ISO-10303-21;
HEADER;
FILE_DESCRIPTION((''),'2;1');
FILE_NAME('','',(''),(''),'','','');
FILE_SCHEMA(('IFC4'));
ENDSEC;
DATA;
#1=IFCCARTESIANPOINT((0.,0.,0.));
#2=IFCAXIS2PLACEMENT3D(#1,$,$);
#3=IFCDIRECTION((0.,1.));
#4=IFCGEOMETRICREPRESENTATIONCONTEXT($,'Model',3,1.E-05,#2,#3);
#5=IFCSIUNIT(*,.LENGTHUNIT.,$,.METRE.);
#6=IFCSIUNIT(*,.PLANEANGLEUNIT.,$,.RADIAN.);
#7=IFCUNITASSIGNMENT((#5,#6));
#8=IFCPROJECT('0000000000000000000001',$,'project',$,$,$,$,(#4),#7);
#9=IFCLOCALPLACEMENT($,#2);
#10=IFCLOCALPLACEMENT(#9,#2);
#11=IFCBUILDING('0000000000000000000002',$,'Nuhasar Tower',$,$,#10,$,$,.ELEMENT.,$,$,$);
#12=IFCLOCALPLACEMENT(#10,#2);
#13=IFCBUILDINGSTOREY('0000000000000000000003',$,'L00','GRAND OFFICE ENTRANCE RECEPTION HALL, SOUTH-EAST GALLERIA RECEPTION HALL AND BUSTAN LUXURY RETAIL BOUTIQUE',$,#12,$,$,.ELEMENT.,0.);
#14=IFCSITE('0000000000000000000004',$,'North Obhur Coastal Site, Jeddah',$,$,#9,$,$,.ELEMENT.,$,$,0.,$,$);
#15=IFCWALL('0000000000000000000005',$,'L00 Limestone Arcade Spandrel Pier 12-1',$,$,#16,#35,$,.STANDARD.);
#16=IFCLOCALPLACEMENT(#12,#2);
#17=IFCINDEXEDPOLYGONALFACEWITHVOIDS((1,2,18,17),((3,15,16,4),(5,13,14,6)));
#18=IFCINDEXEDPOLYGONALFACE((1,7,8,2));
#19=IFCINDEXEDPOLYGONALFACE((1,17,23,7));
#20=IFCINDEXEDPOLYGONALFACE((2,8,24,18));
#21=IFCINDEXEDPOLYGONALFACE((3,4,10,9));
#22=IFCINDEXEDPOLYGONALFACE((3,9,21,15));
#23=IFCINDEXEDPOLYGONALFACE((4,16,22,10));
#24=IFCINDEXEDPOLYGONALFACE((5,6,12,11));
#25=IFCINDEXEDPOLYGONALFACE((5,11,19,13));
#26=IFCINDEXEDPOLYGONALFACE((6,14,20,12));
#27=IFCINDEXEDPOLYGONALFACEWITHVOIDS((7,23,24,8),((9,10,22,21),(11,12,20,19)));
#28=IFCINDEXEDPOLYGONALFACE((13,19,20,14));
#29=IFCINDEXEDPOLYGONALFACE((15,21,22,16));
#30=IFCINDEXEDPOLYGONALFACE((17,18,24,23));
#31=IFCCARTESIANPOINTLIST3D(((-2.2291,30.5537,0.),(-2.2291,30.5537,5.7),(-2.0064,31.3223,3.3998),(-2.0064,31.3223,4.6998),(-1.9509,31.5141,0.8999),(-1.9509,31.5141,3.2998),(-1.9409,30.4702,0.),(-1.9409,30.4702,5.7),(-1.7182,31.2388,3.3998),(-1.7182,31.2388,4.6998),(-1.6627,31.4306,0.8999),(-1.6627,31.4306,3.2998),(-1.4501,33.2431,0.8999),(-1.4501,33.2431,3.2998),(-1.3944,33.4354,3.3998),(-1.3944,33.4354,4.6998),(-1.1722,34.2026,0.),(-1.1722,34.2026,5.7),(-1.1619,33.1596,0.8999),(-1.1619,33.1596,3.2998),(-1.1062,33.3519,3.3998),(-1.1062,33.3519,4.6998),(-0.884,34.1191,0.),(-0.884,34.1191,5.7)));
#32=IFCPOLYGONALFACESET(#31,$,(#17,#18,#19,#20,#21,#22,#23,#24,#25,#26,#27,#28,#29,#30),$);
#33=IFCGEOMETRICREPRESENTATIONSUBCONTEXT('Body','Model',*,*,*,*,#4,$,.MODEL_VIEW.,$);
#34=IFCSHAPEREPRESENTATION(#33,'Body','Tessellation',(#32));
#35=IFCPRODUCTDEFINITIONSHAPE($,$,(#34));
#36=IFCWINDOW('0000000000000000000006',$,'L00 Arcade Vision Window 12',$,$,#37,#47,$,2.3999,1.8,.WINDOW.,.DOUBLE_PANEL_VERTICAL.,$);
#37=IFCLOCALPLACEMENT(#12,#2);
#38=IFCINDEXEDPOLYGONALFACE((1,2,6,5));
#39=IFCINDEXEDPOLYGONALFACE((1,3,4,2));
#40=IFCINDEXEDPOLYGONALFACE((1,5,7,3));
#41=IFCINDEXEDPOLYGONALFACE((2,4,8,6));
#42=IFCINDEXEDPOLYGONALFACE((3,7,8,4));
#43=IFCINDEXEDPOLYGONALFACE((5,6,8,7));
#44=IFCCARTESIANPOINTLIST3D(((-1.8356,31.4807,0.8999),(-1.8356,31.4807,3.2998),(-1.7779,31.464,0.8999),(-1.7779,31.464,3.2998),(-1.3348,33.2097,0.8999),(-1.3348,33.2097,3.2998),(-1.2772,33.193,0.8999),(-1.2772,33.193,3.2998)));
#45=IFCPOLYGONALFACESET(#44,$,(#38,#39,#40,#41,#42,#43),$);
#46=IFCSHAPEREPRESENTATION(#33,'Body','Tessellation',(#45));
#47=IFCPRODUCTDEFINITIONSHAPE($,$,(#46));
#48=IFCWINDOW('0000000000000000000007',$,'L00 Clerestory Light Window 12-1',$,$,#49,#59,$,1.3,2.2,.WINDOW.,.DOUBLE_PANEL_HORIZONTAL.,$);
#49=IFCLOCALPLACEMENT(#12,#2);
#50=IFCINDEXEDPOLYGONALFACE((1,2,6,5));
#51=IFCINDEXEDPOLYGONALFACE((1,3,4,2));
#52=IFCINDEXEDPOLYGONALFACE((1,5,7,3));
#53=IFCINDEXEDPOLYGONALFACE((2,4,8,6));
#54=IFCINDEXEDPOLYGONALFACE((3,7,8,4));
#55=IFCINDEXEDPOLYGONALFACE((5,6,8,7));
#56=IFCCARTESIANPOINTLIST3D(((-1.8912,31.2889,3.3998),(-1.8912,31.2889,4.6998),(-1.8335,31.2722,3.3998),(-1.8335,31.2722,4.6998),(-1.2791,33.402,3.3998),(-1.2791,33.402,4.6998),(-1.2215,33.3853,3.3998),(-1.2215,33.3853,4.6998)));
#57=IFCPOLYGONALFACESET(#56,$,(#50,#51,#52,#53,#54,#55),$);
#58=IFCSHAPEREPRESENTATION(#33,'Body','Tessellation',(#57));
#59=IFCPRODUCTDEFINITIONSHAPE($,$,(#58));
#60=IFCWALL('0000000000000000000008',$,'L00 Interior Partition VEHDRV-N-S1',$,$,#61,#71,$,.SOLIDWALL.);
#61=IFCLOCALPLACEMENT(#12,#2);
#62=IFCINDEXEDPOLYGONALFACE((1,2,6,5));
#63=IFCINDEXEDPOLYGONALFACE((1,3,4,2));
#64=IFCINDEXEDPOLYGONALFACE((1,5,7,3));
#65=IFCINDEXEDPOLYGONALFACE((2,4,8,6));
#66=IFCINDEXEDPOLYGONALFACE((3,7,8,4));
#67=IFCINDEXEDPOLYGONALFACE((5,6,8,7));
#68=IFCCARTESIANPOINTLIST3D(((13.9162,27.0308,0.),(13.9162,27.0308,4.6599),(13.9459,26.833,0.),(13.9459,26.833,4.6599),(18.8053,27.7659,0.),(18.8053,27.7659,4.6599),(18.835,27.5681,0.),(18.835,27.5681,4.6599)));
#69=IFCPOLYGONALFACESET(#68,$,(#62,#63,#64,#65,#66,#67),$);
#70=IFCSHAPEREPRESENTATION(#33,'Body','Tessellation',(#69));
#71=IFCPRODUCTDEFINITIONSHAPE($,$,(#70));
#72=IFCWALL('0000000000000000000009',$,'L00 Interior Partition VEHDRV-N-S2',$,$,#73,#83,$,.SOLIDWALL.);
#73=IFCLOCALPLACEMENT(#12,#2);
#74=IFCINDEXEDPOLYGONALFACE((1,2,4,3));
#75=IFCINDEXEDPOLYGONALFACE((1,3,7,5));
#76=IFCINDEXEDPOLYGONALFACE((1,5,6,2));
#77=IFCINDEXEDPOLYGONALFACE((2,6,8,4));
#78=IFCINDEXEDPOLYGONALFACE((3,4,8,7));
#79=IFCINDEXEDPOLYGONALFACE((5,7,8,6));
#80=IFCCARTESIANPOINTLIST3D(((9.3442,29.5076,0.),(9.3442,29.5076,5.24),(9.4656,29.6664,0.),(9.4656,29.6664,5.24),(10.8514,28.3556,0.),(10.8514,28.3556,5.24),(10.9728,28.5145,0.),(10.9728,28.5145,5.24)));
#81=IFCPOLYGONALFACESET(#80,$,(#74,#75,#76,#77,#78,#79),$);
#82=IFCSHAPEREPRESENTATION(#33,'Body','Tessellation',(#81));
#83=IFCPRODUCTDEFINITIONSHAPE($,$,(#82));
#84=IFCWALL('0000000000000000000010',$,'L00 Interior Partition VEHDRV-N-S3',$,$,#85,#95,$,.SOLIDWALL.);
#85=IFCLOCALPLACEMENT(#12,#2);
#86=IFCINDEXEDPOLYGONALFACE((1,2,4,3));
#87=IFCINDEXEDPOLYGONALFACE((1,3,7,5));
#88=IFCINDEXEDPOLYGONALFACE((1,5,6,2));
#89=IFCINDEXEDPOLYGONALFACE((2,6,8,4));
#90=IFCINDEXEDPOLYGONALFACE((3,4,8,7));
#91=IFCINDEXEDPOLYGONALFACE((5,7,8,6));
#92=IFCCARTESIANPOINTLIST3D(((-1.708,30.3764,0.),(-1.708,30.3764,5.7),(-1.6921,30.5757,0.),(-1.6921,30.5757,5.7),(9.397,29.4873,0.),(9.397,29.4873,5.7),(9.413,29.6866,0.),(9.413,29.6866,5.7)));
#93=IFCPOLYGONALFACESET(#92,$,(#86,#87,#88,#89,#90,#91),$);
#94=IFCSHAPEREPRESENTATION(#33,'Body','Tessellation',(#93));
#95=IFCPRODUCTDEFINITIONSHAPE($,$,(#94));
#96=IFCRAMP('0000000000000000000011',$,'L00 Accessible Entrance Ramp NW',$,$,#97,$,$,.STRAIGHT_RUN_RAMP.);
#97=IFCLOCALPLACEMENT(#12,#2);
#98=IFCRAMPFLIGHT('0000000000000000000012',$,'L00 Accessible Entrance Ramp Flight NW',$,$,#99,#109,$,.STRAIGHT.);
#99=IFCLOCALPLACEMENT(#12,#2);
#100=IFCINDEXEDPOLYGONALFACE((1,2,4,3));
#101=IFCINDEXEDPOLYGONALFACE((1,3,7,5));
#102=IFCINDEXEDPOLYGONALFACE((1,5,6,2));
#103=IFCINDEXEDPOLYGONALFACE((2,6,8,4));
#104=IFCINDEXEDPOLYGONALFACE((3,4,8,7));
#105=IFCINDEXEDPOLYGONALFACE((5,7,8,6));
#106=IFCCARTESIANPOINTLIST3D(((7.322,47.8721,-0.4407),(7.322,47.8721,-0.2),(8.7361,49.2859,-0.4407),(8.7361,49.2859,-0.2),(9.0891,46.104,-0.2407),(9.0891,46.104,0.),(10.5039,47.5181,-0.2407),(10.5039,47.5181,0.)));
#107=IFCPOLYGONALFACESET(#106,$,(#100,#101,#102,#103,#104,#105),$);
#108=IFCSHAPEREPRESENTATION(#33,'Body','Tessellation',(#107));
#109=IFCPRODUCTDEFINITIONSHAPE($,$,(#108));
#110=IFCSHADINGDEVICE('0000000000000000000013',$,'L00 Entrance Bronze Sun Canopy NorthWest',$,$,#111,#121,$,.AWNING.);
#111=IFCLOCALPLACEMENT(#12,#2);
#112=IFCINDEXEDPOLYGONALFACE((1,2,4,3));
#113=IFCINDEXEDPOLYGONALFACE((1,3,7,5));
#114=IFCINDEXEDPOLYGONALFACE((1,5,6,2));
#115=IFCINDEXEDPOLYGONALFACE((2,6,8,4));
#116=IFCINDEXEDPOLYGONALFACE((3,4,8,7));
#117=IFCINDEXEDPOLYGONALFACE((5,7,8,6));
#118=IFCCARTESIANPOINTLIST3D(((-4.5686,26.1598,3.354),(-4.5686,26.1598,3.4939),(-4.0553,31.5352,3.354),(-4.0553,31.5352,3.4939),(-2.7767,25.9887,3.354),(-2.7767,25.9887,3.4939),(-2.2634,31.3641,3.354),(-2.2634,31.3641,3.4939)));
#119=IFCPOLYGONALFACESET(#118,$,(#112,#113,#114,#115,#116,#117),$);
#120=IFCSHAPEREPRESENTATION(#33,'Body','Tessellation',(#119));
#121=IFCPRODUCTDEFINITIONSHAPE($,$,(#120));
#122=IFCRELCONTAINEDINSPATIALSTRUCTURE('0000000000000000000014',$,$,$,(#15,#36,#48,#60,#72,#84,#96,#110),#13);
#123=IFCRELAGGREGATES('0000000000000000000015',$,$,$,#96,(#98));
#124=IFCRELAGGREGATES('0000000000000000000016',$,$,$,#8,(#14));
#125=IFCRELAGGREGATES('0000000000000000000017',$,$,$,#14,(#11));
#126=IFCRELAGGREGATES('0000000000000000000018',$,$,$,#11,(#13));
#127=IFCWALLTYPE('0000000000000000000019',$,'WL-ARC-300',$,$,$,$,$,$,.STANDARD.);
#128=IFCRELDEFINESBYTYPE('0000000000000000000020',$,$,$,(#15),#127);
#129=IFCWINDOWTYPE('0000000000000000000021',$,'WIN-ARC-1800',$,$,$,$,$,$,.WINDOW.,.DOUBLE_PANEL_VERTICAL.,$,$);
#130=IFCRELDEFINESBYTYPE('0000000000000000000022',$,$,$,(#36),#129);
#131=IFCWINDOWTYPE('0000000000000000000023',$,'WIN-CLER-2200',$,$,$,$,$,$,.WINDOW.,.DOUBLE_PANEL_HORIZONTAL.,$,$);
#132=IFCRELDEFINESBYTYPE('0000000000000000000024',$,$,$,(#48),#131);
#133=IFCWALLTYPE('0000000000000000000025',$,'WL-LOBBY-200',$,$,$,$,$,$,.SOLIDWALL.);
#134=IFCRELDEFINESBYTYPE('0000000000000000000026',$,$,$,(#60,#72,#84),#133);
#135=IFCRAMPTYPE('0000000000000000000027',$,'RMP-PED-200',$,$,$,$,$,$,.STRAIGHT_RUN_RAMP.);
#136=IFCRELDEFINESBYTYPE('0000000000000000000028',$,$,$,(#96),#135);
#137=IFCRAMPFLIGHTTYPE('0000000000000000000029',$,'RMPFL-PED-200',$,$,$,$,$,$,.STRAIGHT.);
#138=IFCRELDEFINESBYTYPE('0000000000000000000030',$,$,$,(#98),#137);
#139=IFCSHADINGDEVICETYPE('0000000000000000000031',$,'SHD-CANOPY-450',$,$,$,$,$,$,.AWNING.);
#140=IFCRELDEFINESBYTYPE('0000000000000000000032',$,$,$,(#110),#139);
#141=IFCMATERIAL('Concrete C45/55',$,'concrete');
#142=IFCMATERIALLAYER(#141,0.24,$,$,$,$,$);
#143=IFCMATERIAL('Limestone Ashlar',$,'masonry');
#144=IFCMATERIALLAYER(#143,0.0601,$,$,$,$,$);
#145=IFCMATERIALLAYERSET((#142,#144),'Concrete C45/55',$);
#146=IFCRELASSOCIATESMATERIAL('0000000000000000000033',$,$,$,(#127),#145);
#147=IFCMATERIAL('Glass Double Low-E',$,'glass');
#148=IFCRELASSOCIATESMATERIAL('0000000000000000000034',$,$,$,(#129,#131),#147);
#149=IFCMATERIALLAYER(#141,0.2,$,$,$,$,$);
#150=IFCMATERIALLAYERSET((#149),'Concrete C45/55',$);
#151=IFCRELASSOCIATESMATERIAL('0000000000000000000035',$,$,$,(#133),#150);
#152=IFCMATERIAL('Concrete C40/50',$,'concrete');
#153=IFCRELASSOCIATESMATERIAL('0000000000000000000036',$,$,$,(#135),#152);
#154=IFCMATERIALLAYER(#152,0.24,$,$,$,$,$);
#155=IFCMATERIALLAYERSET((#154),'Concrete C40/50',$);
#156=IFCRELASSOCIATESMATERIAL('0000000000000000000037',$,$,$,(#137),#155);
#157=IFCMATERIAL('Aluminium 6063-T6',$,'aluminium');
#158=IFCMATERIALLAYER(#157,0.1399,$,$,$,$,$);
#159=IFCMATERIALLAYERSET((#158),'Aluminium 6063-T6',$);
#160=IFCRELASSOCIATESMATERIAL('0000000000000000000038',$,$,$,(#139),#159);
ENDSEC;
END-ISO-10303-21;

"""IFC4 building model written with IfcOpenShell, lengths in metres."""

from ifc_helpers import new_model, si_unit, direction, frame, frame_2d, origin, origin_2d, place, context, subcontext, project, spatial, polyline, rectangle, outline, extrude, material, layer, layer_set, type_object, element, fill, aggregate, save


model = new_model("IFC4")

# Units and contexts
model_context = context("Model", 3, precision=1e-05, world=origin(), true_north=direction((0.0, 1.0)))
body_context = subcontext(model_context, "Body", "Model", "MODEL_VIEW")
ifc_project = project(units=[si_unit("LENGTHUNIT", "METRE"), si_unit("PLANEANGLEUNIT", "RADIAN")], contexts=[model_context])

# Site, building, storey
site_placement = place(None, origin())
site = spatial("IfcSite", under=ifc_project, at=site_placement, Name="North Obhur Coastal Site, Jeddah", CompositionType="ELEMENT", RefElevation=0.0)
building_placement = place(site_placement, origin())
building = spatial("IfcBuilding", under=site, at=building_placement, Name="Nuhasar Tower", CompositionType="ELEMENT")
storey_placement = place(building_placement, origin())
storey = spatial("IfcBuildingStorey", under=building, at=storey_placement, Name="L00", Description="GRAND OFFICE ENTRANCE RECEPTION HALL, SOUTH-EAST GALLERIA RECEPTION HALL AND BUSTAN LUXURY RETAIL BOUTIQUE", CompositionType="ELEMENT", Elevation=0.0)

# Shared definitions
ifc_material_1 = material(Name="Concrete C40/50", Category="concrete")

# Shared definitions
ifc_material_2 = material(Name="Aluminium 6063-T6", Category="aluminium")

# Shared definitions
ifc_material_3 = material(Name="Glass Double Low-E", Category="glass")

# Wall, openings, windows
ifc_material_4 = material(Name="Concrete C45/55", Category="concrete")
ifc_layer_1 = layer(ifc_material_4, 0.24)
ifc_material_5 = material(Name="Limestone Ashlar", Category="masonry")
ifc_layer_2 = layer(ifc_material_5, 0.0601)
ifc_layer_set_1 = layer_set([ifc_layer_1, ifc_layer_2], Name="Concrete C45/55")
wall_type_1 = type_object("IfcWallType", Name="WL-ARC-300", PredefinedType="STANDARD", material=ifc_layer_set_1)
wall_1_placement = place(storey_placement, frame((-2.085, 30.512, 0.0), z_axis=(0.0, 0.0, 1.0), x_axis=(0.278208, 0.960521, 0.0)))
wall_1 = element("IfcWall", 1, at=wall_1_placement, inside=storey, type_object=wall_type_1, Name="L00 Limestone Arcade Spandrel Pier 12-1", PredefinedType="STANDARD", context=body_context, shape_type="SweptSolid", body=[
    extrude(rectangle(XDim=3.7988, YDim=0.3, at=frame_2d((1.8994, 0.0))), origin(), (0.0, 0.0, 1.0), 5.7),
])
opening_1_placement = place(wall_1_placement, frame((1.0, 0.0, 0.8999)))
opening_1 = element("IfcOpeningElement", 2, at=opening_1_placement, cuts=wall_1, PredefinedType="OPENING", context=body_context, shape_type="SweptSolid", body=[
    extrude(rectangle(XDim=1.8, YDim=2.3999, at=frame_2d((0.8999, 1.2))), frame((0.0, 0.1602, 0.0), z_axis=(0.0, -1.0, 0.0), x_axis=(1.0, 0.0, 0.0)), (0.0, 0.0, 1.0), 0.3201),
])
opening_2_placement = place(wall_1_placement, frame((0.8, 0.0, 3.3999)))
opening_2 = element("IfcOpeningElement", 3, at=opening_2_placement, cuts=wall_1, PredefinedType="OPENING", context=body_context, shape_type="SweptSolid", body=[
    extrude(rectangle(XDim=2.2, YDim=1.3, at=frame_2d((1.1001, 0.6499))), frame((0.0, 0.1602, 0.0), z_axis=(0.0, -1.0, 0.0), x_axis=(1.0, 0.0, 0.0)), (0.0, 0.0, 1.0), 0.3201),
])
window_type_1 = type_object("IfcWindowType", Name="WIN-ARC-1800", PartitioningType="DOUBLE_PANEL_VERTICAL", PredefinedType="WINDOW", material=ifc_material_3)
window_1_placement = place(opening_1_placement, origin())
window_1 = element("IfcWindow", 4, at=window_1_placement, inside=storey, type_object=window_type_1, Name="L00 Arcade Vision Window 12", OverallHeight=2.3999, OverallWidth=1.8, PartitioningType="DOUBLE_PANEL_VERTICAL", PredefinedType="WINDOW", context=body_context, shape_type="SweptSolid", body=[
    extrude(rectangle(XDim=1.8, YDim=2.3999, at=frame_2d((0.8999, 1.2))), frame((0.0, 0.03, 0.0), z_axis=(0.0, -1.0, 0.0), x_axis=(1.0, 0.0, 0.0)), (0.0, 0.0, 1.0), 0.0601),
])
fill(opening_1, window_1)
window_type_2 = type_object("IfcWindowType", Name="WIN-CLER-2200", PartitioningType="DOUBLE_PANEL_HORIZONTAL", PredefinedType="WINDOW", material=ifc_material_3)
window_2_placement = place(opening_2_placement, origin())
window_2 = element("IfcWindow", 5, at=window_2_placement, inside=storey, type_object=window_type_2, Name="L00 Clerestory Light Window 12-1", OverallHeight=1.3, OverallWidth=2.2, PartitioningType="DOUBLE_PANEL_HORIZONTAL", PredefinedType="WINDOW", context=body_context, shape_type="SweptSolid", body=[
    extrude(rectangle(XDim=2.2, YDim=1.3, at=frame_2d((1.1001, 0.6499))), frame((0.0, 0.03, 0.0), z_axis=(0.0, -1.0, 0.0), x_axis=(1.0, 0.0, 0.0)), (0.0, 0.0, 1.0), 0.0601),
])
fill(opening_2, window_2)

# Walls
ifc_layer_3 = layer(ifc_material_4, 0.2)
ifc_layer_set_2 = layer_set([ifc_layer_3], Name="Concrete C45/55")
wall_type_2 = type_object("IfcWallType", Name="WL-LOBBY-200", PredefinedType="SOLIDWALL", material=ifc_layer_set_2)
wall_2_placement = place(storey_placement, frame((13.9309, 26.9319, 0.0), z_axis=(0.0, 0.0, 1.0), x_axis=(0.988885, 0.148683, 0.0)))
element("IfcWall", 6, at=wall_2_placement, inside=storey, type_object=wall_type_2, Name="L00 Interior Partition VEHDRV-N-S1", PredefinedType="SOLIDWALL", context=body_context, shape_type="SweptSolid", body=[
    extrude(rectangle(XDim=4.9441, YDim=0.2, at=frame_2d((2.4722, 0.0))), origin(), (0.0, 0.0, 1.0), 4.6599),
])
wall_3_placement = place(storey_placement, frame((10.9121, 28.4351, 0.0), z_axis=(0.0, 0.0, 1.0), x_axis=(-0.794515, 0.607245, 0.0)))
element("IfcWall", 7, at=wall_3_placement, inside=storey, type_object=wall_type_2, Name="L00 Interior Partition VEHDRV-N-S2", PredefinedType="SOLIDWALL", context=body_context, shape_type="SweptSolid", body=[
    extrude(rectangle(XDim=1.897, YDim=0.2, at=frame_2d((0.9485, 0.0))), origin(), (0.0, 0.0, 1.0), 5.24),
])
wall_4_placement = place(storey_placement, frame((9.405, 29.5869, 0.0), z_axis=(0.0, 0.0, 1.0), x_axis=(-0.99681, 0.079813, 0.0)))
element("IfcWall", 8, at=wall_4_placement, inside=storey, type_object=wall_type_2, Name="L00 Interior Partition VEHDRV-N-S3", PredefinedType="SOLIDWALL", context=body_context, shape_type="SweptSolid", body=[
    extrude(rectangle(XDim=11.1406, YDim=0.2, at=frame_2d((5.5703, 0.0))), origin(), (0.0, 0.0, 1.0), 5.7),
])

# Ramp, ramp flight
ramp_type = type_object("IfcRampType", Name="RMP-PED-200", PredefinedType="STRAIGHT_RUN_RAMP", material=ifc_material_1)
ramp_placement = place(storey_placement, origin())
ramp = element("IfcRamp", 9, at=ramp_placement, inside=storey, type_object=ramp_type, Name="L00 Accessible Entrance Ramp NW", PredefinedType="STRAIGHT_RUN_RAMP")
ifc_layer_4 = layer(ifc_material_1, 0.24)
ifc_layer_set_3 = layer_set([ifc_layer_4], Name="Concrete C40/50")
ramp_flight_type = type_object("IfcRampFlightType", Name="RMPFL-PED-200", PredefinedType="STRAIGHT", material=ifc_layer_set_3)
ramp_flight_placement = place(storey_placement, frame((10.5039, 47.5181, 0.0), z_axis=(-0.056367, 0.056387, 0.996817), x_axis=(-0.704856, 0.704856, -0.079729)))
ramp_flight = element("IfcRampFlight", 10, at=ramp_flight_placement, type_object=ramp_flight_type, Name="L00 Accessible Entrance Ramp Flight NW", PredefinedType="STRAIGHT", context=body_context, shape_type="SweptSolid", body=[
    extrude(outline(polyline([(0.0, 0.0), (2.5081, 0.0), (2.5082, 1.9996), (0.0005, 2.0003), (0.0, 0.0)])), origin(), (0.079729, -0.000014, -0.996817), 0.2407),
])
aggregate(ramp, [ramp_flight])

# Shading device
ifc_layer_5 = layer(ifc_material_2, 0.1399)
ifc_layer_set_4 = layer_set([ifc_layer_5], Name="Aluminium 6063-T6")
shading_device_type = type_object("IfcShadingDeviceType", Name="SHD-CANOPY-450", PredefinedType="AWNING", material=ifc_layer_set_4)
shading_device_placement = place(storey_placement, frame((-3.416, 28.762, 3.354), z_axis=(0.0, 0.0, 1.0), x_axis=(-0.995471, 0.095064, 0.0)))
element("IfcShadingDevice", 11, at=shading_device_placement, inside=storey, type_object=shading_device_type, Name="L00 Entrance Bronze Sun Canopy NorthWest", PredefinedType="AWNING", context=body_context, shape_type="SweptSolid", body=[
    extrude(rectangle(XDim=1.8, YDim=5.3999, at=origin_2d()), origin(), (0.0, 0.0, 1.0), 0.1399),
])

save(model, "model.ifc")
